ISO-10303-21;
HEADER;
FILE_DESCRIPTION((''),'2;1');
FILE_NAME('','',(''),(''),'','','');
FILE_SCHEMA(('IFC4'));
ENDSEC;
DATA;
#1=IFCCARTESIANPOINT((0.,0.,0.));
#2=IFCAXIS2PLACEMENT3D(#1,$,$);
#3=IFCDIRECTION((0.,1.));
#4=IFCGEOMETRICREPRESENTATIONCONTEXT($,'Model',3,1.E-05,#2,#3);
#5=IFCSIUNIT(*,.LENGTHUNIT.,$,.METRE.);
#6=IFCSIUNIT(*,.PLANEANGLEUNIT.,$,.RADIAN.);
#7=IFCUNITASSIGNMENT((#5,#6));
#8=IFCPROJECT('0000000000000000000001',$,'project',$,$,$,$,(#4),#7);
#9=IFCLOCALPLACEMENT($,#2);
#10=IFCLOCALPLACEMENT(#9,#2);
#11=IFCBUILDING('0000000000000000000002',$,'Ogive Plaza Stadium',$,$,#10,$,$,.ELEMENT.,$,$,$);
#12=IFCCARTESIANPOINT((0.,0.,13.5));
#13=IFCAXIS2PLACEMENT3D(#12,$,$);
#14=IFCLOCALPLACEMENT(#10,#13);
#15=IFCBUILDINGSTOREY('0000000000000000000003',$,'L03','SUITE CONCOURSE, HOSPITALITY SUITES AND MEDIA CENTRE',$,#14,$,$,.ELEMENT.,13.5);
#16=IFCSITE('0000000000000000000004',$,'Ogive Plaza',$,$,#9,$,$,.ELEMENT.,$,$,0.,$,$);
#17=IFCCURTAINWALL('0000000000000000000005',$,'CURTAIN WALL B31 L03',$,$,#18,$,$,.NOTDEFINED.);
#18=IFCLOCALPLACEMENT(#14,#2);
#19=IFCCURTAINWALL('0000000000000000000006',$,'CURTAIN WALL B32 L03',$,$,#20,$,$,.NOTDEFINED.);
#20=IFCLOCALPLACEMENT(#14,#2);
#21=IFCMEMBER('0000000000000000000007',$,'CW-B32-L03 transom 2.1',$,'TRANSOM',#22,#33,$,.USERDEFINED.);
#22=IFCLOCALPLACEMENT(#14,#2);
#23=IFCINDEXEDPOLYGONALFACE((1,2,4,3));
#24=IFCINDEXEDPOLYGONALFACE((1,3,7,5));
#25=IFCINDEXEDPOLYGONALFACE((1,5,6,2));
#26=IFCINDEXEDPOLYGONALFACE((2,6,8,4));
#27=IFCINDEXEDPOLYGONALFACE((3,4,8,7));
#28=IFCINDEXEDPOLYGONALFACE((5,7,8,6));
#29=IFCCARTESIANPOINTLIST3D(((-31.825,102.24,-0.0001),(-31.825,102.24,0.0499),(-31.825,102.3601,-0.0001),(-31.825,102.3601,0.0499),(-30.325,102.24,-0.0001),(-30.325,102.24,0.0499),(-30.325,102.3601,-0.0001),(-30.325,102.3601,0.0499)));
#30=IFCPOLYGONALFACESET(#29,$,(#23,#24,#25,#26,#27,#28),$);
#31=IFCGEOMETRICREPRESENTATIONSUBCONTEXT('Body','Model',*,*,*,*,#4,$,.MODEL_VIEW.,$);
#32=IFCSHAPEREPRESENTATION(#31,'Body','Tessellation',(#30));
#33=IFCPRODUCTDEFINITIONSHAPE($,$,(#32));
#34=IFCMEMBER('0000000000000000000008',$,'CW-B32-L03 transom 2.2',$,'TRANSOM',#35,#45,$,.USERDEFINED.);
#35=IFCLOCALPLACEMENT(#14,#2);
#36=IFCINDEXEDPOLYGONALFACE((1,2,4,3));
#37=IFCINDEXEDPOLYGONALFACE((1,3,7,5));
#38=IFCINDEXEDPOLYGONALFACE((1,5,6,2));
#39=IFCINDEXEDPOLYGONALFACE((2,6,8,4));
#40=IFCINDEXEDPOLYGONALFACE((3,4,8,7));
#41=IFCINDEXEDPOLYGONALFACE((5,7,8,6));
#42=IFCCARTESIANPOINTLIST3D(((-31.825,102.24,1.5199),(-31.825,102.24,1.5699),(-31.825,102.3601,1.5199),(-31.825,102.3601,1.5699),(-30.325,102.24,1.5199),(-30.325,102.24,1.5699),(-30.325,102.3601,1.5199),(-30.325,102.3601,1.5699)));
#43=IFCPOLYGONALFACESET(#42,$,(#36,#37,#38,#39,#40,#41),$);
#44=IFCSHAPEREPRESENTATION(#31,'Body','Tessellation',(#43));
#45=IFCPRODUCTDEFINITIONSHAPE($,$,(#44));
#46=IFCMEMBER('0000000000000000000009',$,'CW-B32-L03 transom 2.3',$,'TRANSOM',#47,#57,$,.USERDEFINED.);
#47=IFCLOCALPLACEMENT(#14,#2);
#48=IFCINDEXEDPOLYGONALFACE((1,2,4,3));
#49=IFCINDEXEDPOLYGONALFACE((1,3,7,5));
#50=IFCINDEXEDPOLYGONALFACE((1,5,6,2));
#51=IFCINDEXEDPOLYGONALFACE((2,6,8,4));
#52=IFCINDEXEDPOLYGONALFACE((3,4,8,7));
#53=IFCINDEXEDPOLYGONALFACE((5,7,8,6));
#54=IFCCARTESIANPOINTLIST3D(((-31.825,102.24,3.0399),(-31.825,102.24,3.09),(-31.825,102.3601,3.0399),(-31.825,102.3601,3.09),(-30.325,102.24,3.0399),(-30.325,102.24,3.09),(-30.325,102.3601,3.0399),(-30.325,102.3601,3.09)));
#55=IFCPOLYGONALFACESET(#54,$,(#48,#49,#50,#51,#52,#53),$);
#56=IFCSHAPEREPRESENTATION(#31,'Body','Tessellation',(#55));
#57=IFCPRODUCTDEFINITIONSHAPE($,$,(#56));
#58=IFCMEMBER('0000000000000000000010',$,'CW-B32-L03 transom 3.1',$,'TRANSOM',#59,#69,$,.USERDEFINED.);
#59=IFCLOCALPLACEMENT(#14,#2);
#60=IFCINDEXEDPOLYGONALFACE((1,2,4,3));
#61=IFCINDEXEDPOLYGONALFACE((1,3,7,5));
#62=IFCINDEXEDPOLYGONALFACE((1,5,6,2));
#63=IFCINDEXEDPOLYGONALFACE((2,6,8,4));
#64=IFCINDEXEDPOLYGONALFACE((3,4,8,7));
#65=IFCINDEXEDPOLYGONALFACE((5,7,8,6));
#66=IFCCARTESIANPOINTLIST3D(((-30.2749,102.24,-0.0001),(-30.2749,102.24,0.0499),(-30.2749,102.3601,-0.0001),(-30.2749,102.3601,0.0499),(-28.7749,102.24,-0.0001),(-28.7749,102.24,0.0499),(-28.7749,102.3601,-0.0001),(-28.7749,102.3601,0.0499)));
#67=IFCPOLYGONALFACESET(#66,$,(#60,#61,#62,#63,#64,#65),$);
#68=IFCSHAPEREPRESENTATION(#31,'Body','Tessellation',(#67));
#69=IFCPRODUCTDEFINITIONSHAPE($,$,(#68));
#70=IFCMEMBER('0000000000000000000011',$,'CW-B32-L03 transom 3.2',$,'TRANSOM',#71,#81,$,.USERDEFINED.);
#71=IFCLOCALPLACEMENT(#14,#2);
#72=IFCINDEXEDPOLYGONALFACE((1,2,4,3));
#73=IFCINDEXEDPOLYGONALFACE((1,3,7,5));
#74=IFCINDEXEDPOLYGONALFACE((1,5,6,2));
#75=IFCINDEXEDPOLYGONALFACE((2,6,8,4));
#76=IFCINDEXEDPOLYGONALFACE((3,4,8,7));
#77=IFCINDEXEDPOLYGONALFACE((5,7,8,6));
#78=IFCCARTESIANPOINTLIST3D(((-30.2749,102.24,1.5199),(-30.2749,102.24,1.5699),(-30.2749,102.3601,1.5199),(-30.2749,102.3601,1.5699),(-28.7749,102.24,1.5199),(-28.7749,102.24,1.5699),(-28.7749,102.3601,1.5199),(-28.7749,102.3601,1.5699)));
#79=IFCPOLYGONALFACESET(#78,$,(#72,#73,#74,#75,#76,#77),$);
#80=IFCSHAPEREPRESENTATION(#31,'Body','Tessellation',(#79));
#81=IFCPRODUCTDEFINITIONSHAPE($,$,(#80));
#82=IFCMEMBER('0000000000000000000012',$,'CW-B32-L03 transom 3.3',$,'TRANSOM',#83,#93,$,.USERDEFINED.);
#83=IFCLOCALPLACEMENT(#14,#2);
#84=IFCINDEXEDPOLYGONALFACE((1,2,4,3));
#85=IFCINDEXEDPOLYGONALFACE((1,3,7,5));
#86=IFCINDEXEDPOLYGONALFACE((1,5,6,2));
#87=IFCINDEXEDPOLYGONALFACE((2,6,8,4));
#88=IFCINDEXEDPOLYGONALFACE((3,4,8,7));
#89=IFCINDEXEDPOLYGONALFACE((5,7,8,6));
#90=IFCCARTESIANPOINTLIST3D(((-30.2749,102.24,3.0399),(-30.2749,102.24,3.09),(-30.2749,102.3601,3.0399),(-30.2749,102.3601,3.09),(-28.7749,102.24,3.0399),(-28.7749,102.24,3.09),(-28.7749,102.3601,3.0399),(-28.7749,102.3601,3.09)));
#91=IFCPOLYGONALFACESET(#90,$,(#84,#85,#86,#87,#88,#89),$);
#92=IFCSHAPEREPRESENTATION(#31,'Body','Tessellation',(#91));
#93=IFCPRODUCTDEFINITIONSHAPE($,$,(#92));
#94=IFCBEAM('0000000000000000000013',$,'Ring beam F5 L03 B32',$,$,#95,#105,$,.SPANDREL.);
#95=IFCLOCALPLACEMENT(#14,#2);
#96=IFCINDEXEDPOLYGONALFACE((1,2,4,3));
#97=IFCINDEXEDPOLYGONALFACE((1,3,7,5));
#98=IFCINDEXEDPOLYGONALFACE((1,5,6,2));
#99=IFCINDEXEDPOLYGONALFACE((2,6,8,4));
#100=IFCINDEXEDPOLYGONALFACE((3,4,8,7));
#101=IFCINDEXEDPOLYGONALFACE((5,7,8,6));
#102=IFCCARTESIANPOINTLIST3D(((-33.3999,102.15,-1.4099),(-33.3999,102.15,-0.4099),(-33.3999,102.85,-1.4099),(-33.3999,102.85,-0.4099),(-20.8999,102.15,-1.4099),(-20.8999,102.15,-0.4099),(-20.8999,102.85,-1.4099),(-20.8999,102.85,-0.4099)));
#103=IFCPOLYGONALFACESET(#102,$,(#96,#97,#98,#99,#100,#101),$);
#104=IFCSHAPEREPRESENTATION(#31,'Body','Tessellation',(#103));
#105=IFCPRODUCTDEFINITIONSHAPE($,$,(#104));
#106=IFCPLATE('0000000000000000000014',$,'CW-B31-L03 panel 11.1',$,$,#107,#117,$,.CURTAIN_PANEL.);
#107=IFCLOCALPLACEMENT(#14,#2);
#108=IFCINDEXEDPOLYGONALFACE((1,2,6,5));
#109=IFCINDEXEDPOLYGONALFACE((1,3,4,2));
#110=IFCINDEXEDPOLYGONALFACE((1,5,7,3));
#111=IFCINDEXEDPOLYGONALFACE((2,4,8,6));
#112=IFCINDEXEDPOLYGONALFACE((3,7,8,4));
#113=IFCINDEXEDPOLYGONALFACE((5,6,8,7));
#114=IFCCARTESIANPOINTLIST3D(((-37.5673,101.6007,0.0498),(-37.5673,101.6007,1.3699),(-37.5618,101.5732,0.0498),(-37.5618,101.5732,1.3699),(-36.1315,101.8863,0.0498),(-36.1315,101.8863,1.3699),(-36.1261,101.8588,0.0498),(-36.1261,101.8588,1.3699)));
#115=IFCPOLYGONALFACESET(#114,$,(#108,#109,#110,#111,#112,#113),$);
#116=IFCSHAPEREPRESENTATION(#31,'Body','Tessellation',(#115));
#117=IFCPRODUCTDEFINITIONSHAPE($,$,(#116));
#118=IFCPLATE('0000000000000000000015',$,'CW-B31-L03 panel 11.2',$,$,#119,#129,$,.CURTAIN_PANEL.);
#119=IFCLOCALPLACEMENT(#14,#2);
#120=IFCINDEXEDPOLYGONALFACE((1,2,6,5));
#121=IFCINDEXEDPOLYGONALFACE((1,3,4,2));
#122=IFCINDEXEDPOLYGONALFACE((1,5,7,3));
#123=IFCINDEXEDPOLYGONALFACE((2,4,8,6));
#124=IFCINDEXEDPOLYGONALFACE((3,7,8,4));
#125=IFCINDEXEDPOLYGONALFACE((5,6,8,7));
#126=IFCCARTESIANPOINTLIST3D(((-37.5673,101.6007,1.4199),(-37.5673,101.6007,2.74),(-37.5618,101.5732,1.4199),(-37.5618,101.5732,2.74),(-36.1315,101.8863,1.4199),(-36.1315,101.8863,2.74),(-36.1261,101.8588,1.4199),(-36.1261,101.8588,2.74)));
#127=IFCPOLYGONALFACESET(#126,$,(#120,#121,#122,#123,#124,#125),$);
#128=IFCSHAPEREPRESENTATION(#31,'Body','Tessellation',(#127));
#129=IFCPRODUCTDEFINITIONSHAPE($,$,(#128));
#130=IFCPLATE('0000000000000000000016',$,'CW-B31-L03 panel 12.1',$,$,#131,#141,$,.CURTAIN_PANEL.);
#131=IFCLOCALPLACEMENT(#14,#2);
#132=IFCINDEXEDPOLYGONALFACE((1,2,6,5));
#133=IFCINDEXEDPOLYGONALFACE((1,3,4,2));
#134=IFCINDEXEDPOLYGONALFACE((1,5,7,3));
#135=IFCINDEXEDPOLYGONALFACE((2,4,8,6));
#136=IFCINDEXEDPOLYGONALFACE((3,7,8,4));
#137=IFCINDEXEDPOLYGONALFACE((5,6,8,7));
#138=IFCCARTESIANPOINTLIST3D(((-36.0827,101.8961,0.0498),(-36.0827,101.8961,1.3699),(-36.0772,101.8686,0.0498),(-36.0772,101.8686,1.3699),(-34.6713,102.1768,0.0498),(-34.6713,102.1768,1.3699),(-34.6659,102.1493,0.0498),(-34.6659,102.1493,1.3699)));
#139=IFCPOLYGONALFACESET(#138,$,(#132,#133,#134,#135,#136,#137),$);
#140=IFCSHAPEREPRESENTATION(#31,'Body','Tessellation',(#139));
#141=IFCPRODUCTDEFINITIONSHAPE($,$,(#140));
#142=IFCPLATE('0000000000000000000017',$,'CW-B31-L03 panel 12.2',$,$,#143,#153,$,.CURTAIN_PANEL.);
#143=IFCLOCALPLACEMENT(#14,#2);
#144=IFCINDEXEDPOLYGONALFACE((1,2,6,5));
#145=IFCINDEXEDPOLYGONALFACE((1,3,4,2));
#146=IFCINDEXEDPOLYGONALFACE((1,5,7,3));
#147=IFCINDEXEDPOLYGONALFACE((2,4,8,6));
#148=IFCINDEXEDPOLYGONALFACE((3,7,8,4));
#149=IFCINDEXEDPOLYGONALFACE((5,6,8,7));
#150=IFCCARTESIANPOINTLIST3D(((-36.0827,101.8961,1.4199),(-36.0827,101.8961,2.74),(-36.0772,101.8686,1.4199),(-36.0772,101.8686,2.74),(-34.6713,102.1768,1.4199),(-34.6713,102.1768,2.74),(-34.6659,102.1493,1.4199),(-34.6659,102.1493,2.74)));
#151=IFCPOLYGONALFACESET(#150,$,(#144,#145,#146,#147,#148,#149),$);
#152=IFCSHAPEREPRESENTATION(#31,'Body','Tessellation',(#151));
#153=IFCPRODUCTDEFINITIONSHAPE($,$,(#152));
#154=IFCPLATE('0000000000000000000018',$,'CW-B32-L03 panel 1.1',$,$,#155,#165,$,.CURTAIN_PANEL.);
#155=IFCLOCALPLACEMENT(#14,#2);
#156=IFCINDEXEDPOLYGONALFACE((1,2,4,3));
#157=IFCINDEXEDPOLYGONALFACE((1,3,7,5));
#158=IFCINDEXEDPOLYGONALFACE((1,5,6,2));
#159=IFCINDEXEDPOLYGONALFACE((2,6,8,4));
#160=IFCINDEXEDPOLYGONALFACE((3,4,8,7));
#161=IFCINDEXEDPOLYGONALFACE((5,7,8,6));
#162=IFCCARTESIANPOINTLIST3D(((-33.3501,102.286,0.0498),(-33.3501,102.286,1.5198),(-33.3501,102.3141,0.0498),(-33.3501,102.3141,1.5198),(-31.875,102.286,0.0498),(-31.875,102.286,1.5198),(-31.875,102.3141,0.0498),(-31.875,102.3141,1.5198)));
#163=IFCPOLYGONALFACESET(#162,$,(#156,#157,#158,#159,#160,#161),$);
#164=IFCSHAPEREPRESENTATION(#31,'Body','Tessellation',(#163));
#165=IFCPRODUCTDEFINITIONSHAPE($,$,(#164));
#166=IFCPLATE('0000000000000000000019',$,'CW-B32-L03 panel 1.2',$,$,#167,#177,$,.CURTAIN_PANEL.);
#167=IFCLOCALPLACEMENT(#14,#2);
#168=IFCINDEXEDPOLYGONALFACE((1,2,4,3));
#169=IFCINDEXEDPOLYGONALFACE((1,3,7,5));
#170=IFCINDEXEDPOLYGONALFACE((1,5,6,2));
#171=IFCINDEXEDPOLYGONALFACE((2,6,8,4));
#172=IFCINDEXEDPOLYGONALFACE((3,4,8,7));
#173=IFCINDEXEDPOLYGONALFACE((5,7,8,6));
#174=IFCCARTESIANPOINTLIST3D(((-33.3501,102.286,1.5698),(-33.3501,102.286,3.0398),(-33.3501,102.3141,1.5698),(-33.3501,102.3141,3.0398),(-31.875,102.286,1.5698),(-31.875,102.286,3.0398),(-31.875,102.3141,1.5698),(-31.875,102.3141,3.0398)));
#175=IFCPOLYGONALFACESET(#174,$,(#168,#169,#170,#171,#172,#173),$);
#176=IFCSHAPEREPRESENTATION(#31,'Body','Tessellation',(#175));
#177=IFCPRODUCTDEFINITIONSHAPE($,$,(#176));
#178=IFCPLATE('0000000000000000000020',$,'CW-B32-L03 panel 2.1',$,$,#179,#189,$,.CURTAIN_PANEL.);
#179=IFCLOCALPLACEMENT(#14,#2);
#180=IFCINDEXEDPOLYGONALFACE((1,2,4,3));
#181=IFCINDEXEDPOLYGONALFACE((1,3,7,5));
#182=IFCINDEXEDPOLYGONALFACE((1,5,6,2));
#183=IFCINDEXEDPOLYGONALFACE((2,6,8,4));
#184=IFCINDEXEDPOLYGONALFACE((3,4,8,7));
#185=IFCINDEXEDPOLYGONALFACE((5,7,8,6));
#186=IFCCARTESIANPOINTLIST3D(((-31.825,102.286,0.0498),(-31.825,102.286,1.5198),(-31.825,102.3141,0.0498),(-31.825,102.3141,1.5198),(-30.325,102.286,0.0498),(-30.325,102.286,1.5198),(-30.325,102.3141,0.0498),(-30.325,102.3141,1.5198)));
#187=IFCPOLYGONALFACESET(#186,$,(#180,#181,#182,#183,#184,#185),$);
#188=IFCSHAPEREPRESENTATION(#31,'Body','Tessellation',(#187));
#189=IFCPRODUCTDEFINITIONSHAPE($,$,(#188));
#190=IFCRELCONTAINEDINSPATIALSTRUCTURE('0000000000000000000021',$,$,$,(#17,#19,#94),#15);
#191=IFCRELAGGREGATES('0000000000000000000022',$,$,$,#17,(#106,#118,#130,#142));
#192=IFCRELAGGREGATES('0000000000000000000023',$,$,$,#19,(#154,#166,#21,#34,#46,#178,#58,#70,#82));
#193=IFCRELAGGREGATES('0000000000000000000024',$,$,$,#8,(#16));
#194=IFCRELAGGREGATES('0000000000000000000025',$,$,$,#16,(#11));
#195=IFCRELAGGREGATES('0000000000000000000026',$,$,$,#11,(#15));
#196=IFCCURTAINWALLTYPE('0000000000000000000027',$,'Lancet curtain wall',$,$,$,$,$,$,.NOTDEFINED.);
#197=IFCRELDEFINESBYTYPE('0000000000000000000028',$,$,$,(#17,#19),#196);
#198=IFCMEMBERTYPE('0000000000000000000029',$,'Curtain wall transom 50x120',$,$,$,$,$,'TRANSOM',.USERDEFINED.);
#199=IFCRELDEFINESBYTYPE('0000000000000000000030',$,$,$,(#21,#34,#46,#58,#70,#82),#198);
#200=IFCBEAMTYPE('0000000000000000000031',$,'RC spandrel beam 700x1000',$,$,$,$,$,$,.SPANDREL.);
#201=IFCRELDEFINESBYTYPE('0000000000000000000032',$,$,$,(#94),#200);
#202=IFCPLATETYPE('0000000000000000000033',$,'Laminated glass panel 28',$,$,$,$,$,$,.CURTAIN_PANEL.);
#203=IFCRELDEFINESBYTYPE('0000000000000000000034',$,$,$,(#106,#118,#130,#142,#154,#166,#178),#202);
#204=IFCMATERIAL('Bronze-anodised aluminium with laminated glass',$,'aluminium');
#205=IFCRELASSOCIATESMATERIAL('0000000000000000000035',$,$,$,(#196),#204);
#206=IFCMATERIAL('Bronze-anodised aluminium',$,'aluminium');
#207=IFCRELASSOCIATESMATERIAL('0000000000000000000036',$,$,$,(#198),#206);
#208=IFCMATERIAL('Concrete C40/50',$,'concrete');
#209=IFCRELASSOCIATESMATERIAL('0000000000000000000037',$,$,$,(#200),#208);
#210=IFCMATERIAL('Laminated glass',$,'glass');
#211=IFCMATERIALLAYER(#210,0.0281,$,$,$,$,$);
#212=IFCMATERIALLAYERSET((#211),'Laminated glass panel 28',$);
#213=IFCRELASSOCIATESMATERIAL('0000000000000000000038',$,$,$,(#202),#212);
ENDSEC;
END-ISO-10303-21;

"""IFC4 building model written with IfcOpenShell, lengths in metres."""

from ifc_helpers import new_model, si_unit, direction, frame, origin, origin_2d, place, context, subcontext, project, spatial, rectangle, extrude, material, layer, layer_set, material_profile, profile_set, type_object, element, aggregate, save


model = new_model("IFC4")

# Units and contexts
model_context = context("Model", 3, precision=1e-05, world=origin(), true_north=direction((0.0, 1.0)))
body_context = subcontext(model_context, "Body", "Model", "MODEL_VIEW")
ifc_project = project(units=[si_unit("LENGTHUNIT", "METRE"), si_unit("PLANEANGLEUNIT", "RADIAN")], contexts=[model_context])

# Site, building, storey
site_placement = place(None, origin())
site = spatial("IfcSite", under=ifc_project, at=site_placement, Name="Ogive Plaza", CompositionType="ELEMENT", RefElevation=0.0)
building_placement = place(site_placement, origin())
building = spatial("IfcBuilding", under=site, at=building_placement, Name="Ogive Plaza Stadium", CompositionType="ELEMENT")
storey_placement = place(building_placement, frame((0.0, 0.0, 13.5)))
storey = spatial("IfcBuildingStorey", under=building, at=storey_placement, Name="L03", Description="SUITE CONCOURSE, HOSPITALITY SUITES AND MEDIA CENTRE", CompositionType="ELEMENT", Elevation=13.5)

# Curtain walls
ifc_material_1 = material(Name="Bronze-anodised aluminium with laminated glass", Category="aluminium")
curtain_wall_type = type_object("IfcCurtainWallType", Name="Lancet curtain wall", PredefinedType="NOTDEFINED", material=ifc_material_1)
curtain_wall_1_placement = place(storey_placement, origin())
curtain_wall_1 = element("IfcCurtainWall", 1, at=curtain_wall_1_placement, inside=storey, type_object=curtain_wall_type, Name="CURTAIN WALL B31 L03", PredefinedType="NOTDEFINED")
curtain_wall_2_placement = place(storey_placement, origin())
curtain_wall_2 = element("IfcCurtainWall", 2, at=curtain_wall_2_placement, inside=storey, type_object=curtain_wall_type, Name="CURTAIN WALL B32 L03", PredefinedType="NOTDEFINED")

# Members
ifc_material_2 = material(Name="Bronze-anodised aluminium", Category="aluminium")
ifc_material_profile_1 = material_profile(ifc_material_2, rectangle(XDim=0.1201, YDim=0.05, at=origin_2d()), Name="AL 120x50")
ifc_profile_set_1 = profile_set([ifc_material_profile_1], Name="Bronze-anodised aluminium")
member_type_1 = type_object("IfcMemberType", Name="Curtain wall transom 50x120", ElementType="TRANSOM", PredefinedType="USERDEFINED", material=ifc_profile_set_1)
member_1_placement = place(storey_placement, frame((-31.825, 102.3, 0.0249), z_axis=(1.0, 0.0, 0.0), x_axis=(0.0, 1.0, 0.0)))
member_1 = element("IfcMember", 3, at=member_1_placement, type_object=member_type_1, Name="CW-B32-L03 transom 2.1", ObjectType="TRANSOM", PredefinedType="USERDEFINED", context=body_context, shape_type="SweptSolid", body=[
    extrude(rectangle(XDim=0.1201, YDim=0.05, at=origin_2d()), origin(), (0.0, 0.0, 1.0), 1.5),
])
member_2_placement = place(storey_placement, frame((-31.825, 102.3, 1.5449), z_axis=(1.0, 0.0, 0.0), x_axis=(0.0, 1.0, 0.0)))
member_2 = element("IfcMember", 4, at=member_2_placement, type_object=member_type_1, Name="CW-B32-L03 transom 2.2", ObjectType="TRANSOM", PredefinedType="USERDEFINED", context=body_context, shape_type="SweptSolid", body=[
    extrude(rectangle(XDim=0.1201, YDim=0.05, at=origin_2d()), origin(), (0.0, 0.0, 1.0), 1.5),
])
member_3_placement = place(storey_placement, frame((-31.825, 102.3, 3.0649), z_axis=(1.0, 0.0, 0.0), x_axis=(0.0, 1.0, 0.0)))
member_3 = element("IfcMember", 5, at=member_3_placement, type_object=member_type_1, Name="CW-B32-L03 transom 2.3", ObjectType="TRANSOM", PredefinedType="USERDEFINED", context=body_context, shape_type="SweptSolid", body=[
    extrude(rectangle(XDim=0.1201, YDim=0.05, at=origin_2d()), origin(), (0.0, 0.0, 1.0), 1.5),
])
member_4_placement = place(storey_placement, frame((-30.2749, 102.3, 0.0249), z_axis=(1.0, 0.0, 0.0), x_axis=(0.0, 1.0, 0.0)))
member_4 = element("IfcMember", 6, at=member_4_placement, type_object=member_type_1, Name="CW-B32-L03 transom 3.1", ObjectType="TRANSOM", PredefinedType="USERDEFINED", context=body_context, shape_type="SweptSolid", body=[
    extrude(rectangle(XDim=0.1201, YDim=0.05, at=origin_2d()), origin(), (0.0, 0.0, 1.0), 1.5),
])
member_5_placement = place(storey_placement, frame((-30.2749, 102.3, 1.5449), z_axis=(1.0, 0.0, 0.0), x_axis=(0.0, 1.0, 0.0)))
member_5 = element("IfcMember", 7, at=member_5_placement, type_object=member_type_1, Name="CW-B32-L03 transom 3.2", ObjectType="TRANSOM", PredefinedType="USERDEFINED", context=body_context, shape_type="SweptSolid", body=[
    extrude(rectangle(XDim=0.1201, YDim=0.05, at=origin_2d()), origin(), (0.0, 0.0, 1.0), 1.5),
])
member_6_placement = place(storey_placement, frame((-30.2749, 102.3, 3.0649), z_axis=(1.0, 0.0, 0.0), x_axis=(0.0, 1.0, 0.0)))
member_6 = element("IfcMember", 8, at=member_6_placement, type_object=member_type_1, Name="CW-B32-L03 transom 3.3", ObjectType="TRANSOM", PredefinedType="USERDEFINED", context=body_context, shape_type="SweptSolid", body=[
    extrude(rectangle(XDim=0.1201, YDim=0.05, at=origin_2d()), origin(), (0.0, 0.0, 1.0), 1.5),
])

# Beam
ifc_material_3 = material(Name="Concrete C40/50", Category="concrete")
ifc_material_profile_2 = material_profile(ifc_material_3, rectangle(XDim=0.7, YDim=1.0, at=origin_2d()), Name="RC 700x1000")
ifc_profile_set_2 = profile_set([ifc_material_profile_2], Name="Concrete C40/50")
beam_type = type_object("IfcBeamType", Name="RC spandrel beam 700x1000", PredefinedType="SPANDREL", material=ifc_profile_set_2)
beam_placement = place(storey_placement, frame((-33.3999, 102.5, -0.9099), z_axis=(1.0, 0.0, 0.0), x_axis=(0.0, 1.0, 0.0)))
element("IfcBeam", 9, at=beam_placement, inside=storey, type_object=beam_type, Name="Ring beam F5 L03 B32", PredefinedType="SPANDREL", context=body_context, shape_type="SweptSolid", body=[
    extrude(rectangle(XDim=0.7, YDim=1.0, at=origin_2d()), origin(), (0.0, 0.0, 1.0), 12.5),
])

# Plates
ifc_material_4 = material(Name="Laminated glass", Category="glass")
ifc_layer = layer(ifc_material_4, 0.0281)
ifc_layer_set = layer_set([ifc_layer], Name="Laminated glass panel 28")
plate_type = type_object("IfcPlateType", Name="Laminated glass panel 28", PredefinedType="CURTAIN_PANEL", material=ifc_layer_set)
plate_1_placement = place(storey_placement, frame((-36.8467, 101.7297, 0.0498), z_axis=(0.0, 0.0, 1.0), x_axis=(0.980785, 0.19509, 0.0)))
plate_1 = element("IfcPlate", 10, at=plate_1_placement, type_object=plate_type, Name="CW-B31-L03 panel 11.1", PredefinedType="CURTAIN_PANEL", context=body_context, shape_type="SweptSolid", body=[
    extrude(rectangle(XDim=1.4639, YDim=0.0281, at=origin_2d()), origin(), (0.0, 0.0, 1.0), 1.3201),
])
plate_2_placement = place(storey_placement, frame((-36.8467, 101.7297, 1.4199), z_axis=(0.0, 0.0, 1.0), x_axis=(0.980785, 0.19509, 0.0)))
plate_2 = element("IfcPlate", 11, at=plate_2_placement, type_object=plate_type, Name="CW-B31-L03 panel 11.2", PredefinedType="CURTAIN_PANEL", context=body_context, shape_type="SweptSolid", body=[
    extrude(rectangle(XDim=1.4639, YDim=0.0281, at=origin_2d()), origin(), (0.0, 0.0, 1.0), 1.3201),
])
plate_3_placement = place(storey_placement, frame((-35.3743, 102.0227, 0.0498), z_axis=(0.0, 0.0, 1.0), x_axis=(0.980785, 0.19509, 0.0)))
plate_3 = element("IfcPlate", 12, at=plate_3_placement, type_object=plate_type, Name="CW-B31-L03 panel 12.1", PredefinedType="CURTAIN_PANEL", context=body_context, shape_type="SweptSolid", body=[
    extrude(rectangle(XDim=1.439, YDim=0.0281, at=origin_2d()), origin(), (0.0, 0.0, 1.0), 1.3201),
])
plate_4_placement = place(storey_placement, frame((-35.3743, 102.0227, 1.4199), z_axis=(0.0, 0.0, 1.0), x_axis=(0.980785, 0.19509, 0.0)))
plate_4 = element("IfcPlate", 13, at=plate_4_placement, type_object=plate_type, Name="CW-B31-L03 panel 12.2", PredefinedType="CURTAIN_PANEL", context=body_context, shape_type="SweptSolid", body=[
    extrude(rectangle(XDim=1.439, YDim=0.0281, at=origin_2d()), origin(), (0.0, 0.0, 1.0), 1.3201),
])
aggregate(curtain_wall_1, [plate_1, plate_2, plate_3, plate_4])
plate_5_placement = place(storey_placement, frame((-32.6125, 102.3, 0.0498), z_axis=(0.0, 0.0, 1.0), x_axis=(1.0, 0.0, 0.0)))
plate_5 = element("IfcPlate", 14, at=plate_5_placement, type_object=plate_type, Name="CW-B32-L03 panel 1.1", PredefinedType="CURTAIN_PANEL", context=body_context, shape_type="SweptSolid", body=[
    extrude(rectangle(XDim=1.4751, YDim=0.0281, at=origin_2d()), origin(), (0.0, 0.0, 1.0), 1.47),
])
plate_6_placement = place(storey_placement, frame((-32.6125, 102.3, 1.5698), z_axis=(0.0, 0.0, 1.0), x_axis=(1.0, 0.0, 0.0)))
plate_6 = element("IfcPlate", 15, at=plate_6_placement, type_object=plate_type, Name="CW-B32-L03 panel 1.2", PredefinedType="CURTAIN_PANEL", context=body_context, shape_type="SweptSolid", body=[
    extrude(rectangle(XDim=1.4751, YDim=0.0281, at=origin_2d()), origin(), (0.0, 0.0, 1.0), 1.47),
])
plate_7_placement = place(storey_placement, frame((-31.075, 102.3, 0.0498), z_axis=(0.0, 0.0, 1.0), x_axis=(1.0, 0.0, 0.0)))
plate_7 = element("IfcPlate", 16, at=plate_7_placement, type_object=plate_type, Name="CW-B32-L03 panel 2.1", PredefinedType="CURTAIN_PANEL", context=body_context, shape_type="SweptSolid", body=[
    extrude(rectangle(XDim=1.5, YDim=0.0281, at=origin_2d()), origin(), (0.0, 0.0, 1.0), 1.47),
])
aggregate(curtain_wall_2, [plate_5, plate_6, member_1, member_2, member_3, plate_7, member_4, member_5, member_6])

save(model, "model.ifc")
